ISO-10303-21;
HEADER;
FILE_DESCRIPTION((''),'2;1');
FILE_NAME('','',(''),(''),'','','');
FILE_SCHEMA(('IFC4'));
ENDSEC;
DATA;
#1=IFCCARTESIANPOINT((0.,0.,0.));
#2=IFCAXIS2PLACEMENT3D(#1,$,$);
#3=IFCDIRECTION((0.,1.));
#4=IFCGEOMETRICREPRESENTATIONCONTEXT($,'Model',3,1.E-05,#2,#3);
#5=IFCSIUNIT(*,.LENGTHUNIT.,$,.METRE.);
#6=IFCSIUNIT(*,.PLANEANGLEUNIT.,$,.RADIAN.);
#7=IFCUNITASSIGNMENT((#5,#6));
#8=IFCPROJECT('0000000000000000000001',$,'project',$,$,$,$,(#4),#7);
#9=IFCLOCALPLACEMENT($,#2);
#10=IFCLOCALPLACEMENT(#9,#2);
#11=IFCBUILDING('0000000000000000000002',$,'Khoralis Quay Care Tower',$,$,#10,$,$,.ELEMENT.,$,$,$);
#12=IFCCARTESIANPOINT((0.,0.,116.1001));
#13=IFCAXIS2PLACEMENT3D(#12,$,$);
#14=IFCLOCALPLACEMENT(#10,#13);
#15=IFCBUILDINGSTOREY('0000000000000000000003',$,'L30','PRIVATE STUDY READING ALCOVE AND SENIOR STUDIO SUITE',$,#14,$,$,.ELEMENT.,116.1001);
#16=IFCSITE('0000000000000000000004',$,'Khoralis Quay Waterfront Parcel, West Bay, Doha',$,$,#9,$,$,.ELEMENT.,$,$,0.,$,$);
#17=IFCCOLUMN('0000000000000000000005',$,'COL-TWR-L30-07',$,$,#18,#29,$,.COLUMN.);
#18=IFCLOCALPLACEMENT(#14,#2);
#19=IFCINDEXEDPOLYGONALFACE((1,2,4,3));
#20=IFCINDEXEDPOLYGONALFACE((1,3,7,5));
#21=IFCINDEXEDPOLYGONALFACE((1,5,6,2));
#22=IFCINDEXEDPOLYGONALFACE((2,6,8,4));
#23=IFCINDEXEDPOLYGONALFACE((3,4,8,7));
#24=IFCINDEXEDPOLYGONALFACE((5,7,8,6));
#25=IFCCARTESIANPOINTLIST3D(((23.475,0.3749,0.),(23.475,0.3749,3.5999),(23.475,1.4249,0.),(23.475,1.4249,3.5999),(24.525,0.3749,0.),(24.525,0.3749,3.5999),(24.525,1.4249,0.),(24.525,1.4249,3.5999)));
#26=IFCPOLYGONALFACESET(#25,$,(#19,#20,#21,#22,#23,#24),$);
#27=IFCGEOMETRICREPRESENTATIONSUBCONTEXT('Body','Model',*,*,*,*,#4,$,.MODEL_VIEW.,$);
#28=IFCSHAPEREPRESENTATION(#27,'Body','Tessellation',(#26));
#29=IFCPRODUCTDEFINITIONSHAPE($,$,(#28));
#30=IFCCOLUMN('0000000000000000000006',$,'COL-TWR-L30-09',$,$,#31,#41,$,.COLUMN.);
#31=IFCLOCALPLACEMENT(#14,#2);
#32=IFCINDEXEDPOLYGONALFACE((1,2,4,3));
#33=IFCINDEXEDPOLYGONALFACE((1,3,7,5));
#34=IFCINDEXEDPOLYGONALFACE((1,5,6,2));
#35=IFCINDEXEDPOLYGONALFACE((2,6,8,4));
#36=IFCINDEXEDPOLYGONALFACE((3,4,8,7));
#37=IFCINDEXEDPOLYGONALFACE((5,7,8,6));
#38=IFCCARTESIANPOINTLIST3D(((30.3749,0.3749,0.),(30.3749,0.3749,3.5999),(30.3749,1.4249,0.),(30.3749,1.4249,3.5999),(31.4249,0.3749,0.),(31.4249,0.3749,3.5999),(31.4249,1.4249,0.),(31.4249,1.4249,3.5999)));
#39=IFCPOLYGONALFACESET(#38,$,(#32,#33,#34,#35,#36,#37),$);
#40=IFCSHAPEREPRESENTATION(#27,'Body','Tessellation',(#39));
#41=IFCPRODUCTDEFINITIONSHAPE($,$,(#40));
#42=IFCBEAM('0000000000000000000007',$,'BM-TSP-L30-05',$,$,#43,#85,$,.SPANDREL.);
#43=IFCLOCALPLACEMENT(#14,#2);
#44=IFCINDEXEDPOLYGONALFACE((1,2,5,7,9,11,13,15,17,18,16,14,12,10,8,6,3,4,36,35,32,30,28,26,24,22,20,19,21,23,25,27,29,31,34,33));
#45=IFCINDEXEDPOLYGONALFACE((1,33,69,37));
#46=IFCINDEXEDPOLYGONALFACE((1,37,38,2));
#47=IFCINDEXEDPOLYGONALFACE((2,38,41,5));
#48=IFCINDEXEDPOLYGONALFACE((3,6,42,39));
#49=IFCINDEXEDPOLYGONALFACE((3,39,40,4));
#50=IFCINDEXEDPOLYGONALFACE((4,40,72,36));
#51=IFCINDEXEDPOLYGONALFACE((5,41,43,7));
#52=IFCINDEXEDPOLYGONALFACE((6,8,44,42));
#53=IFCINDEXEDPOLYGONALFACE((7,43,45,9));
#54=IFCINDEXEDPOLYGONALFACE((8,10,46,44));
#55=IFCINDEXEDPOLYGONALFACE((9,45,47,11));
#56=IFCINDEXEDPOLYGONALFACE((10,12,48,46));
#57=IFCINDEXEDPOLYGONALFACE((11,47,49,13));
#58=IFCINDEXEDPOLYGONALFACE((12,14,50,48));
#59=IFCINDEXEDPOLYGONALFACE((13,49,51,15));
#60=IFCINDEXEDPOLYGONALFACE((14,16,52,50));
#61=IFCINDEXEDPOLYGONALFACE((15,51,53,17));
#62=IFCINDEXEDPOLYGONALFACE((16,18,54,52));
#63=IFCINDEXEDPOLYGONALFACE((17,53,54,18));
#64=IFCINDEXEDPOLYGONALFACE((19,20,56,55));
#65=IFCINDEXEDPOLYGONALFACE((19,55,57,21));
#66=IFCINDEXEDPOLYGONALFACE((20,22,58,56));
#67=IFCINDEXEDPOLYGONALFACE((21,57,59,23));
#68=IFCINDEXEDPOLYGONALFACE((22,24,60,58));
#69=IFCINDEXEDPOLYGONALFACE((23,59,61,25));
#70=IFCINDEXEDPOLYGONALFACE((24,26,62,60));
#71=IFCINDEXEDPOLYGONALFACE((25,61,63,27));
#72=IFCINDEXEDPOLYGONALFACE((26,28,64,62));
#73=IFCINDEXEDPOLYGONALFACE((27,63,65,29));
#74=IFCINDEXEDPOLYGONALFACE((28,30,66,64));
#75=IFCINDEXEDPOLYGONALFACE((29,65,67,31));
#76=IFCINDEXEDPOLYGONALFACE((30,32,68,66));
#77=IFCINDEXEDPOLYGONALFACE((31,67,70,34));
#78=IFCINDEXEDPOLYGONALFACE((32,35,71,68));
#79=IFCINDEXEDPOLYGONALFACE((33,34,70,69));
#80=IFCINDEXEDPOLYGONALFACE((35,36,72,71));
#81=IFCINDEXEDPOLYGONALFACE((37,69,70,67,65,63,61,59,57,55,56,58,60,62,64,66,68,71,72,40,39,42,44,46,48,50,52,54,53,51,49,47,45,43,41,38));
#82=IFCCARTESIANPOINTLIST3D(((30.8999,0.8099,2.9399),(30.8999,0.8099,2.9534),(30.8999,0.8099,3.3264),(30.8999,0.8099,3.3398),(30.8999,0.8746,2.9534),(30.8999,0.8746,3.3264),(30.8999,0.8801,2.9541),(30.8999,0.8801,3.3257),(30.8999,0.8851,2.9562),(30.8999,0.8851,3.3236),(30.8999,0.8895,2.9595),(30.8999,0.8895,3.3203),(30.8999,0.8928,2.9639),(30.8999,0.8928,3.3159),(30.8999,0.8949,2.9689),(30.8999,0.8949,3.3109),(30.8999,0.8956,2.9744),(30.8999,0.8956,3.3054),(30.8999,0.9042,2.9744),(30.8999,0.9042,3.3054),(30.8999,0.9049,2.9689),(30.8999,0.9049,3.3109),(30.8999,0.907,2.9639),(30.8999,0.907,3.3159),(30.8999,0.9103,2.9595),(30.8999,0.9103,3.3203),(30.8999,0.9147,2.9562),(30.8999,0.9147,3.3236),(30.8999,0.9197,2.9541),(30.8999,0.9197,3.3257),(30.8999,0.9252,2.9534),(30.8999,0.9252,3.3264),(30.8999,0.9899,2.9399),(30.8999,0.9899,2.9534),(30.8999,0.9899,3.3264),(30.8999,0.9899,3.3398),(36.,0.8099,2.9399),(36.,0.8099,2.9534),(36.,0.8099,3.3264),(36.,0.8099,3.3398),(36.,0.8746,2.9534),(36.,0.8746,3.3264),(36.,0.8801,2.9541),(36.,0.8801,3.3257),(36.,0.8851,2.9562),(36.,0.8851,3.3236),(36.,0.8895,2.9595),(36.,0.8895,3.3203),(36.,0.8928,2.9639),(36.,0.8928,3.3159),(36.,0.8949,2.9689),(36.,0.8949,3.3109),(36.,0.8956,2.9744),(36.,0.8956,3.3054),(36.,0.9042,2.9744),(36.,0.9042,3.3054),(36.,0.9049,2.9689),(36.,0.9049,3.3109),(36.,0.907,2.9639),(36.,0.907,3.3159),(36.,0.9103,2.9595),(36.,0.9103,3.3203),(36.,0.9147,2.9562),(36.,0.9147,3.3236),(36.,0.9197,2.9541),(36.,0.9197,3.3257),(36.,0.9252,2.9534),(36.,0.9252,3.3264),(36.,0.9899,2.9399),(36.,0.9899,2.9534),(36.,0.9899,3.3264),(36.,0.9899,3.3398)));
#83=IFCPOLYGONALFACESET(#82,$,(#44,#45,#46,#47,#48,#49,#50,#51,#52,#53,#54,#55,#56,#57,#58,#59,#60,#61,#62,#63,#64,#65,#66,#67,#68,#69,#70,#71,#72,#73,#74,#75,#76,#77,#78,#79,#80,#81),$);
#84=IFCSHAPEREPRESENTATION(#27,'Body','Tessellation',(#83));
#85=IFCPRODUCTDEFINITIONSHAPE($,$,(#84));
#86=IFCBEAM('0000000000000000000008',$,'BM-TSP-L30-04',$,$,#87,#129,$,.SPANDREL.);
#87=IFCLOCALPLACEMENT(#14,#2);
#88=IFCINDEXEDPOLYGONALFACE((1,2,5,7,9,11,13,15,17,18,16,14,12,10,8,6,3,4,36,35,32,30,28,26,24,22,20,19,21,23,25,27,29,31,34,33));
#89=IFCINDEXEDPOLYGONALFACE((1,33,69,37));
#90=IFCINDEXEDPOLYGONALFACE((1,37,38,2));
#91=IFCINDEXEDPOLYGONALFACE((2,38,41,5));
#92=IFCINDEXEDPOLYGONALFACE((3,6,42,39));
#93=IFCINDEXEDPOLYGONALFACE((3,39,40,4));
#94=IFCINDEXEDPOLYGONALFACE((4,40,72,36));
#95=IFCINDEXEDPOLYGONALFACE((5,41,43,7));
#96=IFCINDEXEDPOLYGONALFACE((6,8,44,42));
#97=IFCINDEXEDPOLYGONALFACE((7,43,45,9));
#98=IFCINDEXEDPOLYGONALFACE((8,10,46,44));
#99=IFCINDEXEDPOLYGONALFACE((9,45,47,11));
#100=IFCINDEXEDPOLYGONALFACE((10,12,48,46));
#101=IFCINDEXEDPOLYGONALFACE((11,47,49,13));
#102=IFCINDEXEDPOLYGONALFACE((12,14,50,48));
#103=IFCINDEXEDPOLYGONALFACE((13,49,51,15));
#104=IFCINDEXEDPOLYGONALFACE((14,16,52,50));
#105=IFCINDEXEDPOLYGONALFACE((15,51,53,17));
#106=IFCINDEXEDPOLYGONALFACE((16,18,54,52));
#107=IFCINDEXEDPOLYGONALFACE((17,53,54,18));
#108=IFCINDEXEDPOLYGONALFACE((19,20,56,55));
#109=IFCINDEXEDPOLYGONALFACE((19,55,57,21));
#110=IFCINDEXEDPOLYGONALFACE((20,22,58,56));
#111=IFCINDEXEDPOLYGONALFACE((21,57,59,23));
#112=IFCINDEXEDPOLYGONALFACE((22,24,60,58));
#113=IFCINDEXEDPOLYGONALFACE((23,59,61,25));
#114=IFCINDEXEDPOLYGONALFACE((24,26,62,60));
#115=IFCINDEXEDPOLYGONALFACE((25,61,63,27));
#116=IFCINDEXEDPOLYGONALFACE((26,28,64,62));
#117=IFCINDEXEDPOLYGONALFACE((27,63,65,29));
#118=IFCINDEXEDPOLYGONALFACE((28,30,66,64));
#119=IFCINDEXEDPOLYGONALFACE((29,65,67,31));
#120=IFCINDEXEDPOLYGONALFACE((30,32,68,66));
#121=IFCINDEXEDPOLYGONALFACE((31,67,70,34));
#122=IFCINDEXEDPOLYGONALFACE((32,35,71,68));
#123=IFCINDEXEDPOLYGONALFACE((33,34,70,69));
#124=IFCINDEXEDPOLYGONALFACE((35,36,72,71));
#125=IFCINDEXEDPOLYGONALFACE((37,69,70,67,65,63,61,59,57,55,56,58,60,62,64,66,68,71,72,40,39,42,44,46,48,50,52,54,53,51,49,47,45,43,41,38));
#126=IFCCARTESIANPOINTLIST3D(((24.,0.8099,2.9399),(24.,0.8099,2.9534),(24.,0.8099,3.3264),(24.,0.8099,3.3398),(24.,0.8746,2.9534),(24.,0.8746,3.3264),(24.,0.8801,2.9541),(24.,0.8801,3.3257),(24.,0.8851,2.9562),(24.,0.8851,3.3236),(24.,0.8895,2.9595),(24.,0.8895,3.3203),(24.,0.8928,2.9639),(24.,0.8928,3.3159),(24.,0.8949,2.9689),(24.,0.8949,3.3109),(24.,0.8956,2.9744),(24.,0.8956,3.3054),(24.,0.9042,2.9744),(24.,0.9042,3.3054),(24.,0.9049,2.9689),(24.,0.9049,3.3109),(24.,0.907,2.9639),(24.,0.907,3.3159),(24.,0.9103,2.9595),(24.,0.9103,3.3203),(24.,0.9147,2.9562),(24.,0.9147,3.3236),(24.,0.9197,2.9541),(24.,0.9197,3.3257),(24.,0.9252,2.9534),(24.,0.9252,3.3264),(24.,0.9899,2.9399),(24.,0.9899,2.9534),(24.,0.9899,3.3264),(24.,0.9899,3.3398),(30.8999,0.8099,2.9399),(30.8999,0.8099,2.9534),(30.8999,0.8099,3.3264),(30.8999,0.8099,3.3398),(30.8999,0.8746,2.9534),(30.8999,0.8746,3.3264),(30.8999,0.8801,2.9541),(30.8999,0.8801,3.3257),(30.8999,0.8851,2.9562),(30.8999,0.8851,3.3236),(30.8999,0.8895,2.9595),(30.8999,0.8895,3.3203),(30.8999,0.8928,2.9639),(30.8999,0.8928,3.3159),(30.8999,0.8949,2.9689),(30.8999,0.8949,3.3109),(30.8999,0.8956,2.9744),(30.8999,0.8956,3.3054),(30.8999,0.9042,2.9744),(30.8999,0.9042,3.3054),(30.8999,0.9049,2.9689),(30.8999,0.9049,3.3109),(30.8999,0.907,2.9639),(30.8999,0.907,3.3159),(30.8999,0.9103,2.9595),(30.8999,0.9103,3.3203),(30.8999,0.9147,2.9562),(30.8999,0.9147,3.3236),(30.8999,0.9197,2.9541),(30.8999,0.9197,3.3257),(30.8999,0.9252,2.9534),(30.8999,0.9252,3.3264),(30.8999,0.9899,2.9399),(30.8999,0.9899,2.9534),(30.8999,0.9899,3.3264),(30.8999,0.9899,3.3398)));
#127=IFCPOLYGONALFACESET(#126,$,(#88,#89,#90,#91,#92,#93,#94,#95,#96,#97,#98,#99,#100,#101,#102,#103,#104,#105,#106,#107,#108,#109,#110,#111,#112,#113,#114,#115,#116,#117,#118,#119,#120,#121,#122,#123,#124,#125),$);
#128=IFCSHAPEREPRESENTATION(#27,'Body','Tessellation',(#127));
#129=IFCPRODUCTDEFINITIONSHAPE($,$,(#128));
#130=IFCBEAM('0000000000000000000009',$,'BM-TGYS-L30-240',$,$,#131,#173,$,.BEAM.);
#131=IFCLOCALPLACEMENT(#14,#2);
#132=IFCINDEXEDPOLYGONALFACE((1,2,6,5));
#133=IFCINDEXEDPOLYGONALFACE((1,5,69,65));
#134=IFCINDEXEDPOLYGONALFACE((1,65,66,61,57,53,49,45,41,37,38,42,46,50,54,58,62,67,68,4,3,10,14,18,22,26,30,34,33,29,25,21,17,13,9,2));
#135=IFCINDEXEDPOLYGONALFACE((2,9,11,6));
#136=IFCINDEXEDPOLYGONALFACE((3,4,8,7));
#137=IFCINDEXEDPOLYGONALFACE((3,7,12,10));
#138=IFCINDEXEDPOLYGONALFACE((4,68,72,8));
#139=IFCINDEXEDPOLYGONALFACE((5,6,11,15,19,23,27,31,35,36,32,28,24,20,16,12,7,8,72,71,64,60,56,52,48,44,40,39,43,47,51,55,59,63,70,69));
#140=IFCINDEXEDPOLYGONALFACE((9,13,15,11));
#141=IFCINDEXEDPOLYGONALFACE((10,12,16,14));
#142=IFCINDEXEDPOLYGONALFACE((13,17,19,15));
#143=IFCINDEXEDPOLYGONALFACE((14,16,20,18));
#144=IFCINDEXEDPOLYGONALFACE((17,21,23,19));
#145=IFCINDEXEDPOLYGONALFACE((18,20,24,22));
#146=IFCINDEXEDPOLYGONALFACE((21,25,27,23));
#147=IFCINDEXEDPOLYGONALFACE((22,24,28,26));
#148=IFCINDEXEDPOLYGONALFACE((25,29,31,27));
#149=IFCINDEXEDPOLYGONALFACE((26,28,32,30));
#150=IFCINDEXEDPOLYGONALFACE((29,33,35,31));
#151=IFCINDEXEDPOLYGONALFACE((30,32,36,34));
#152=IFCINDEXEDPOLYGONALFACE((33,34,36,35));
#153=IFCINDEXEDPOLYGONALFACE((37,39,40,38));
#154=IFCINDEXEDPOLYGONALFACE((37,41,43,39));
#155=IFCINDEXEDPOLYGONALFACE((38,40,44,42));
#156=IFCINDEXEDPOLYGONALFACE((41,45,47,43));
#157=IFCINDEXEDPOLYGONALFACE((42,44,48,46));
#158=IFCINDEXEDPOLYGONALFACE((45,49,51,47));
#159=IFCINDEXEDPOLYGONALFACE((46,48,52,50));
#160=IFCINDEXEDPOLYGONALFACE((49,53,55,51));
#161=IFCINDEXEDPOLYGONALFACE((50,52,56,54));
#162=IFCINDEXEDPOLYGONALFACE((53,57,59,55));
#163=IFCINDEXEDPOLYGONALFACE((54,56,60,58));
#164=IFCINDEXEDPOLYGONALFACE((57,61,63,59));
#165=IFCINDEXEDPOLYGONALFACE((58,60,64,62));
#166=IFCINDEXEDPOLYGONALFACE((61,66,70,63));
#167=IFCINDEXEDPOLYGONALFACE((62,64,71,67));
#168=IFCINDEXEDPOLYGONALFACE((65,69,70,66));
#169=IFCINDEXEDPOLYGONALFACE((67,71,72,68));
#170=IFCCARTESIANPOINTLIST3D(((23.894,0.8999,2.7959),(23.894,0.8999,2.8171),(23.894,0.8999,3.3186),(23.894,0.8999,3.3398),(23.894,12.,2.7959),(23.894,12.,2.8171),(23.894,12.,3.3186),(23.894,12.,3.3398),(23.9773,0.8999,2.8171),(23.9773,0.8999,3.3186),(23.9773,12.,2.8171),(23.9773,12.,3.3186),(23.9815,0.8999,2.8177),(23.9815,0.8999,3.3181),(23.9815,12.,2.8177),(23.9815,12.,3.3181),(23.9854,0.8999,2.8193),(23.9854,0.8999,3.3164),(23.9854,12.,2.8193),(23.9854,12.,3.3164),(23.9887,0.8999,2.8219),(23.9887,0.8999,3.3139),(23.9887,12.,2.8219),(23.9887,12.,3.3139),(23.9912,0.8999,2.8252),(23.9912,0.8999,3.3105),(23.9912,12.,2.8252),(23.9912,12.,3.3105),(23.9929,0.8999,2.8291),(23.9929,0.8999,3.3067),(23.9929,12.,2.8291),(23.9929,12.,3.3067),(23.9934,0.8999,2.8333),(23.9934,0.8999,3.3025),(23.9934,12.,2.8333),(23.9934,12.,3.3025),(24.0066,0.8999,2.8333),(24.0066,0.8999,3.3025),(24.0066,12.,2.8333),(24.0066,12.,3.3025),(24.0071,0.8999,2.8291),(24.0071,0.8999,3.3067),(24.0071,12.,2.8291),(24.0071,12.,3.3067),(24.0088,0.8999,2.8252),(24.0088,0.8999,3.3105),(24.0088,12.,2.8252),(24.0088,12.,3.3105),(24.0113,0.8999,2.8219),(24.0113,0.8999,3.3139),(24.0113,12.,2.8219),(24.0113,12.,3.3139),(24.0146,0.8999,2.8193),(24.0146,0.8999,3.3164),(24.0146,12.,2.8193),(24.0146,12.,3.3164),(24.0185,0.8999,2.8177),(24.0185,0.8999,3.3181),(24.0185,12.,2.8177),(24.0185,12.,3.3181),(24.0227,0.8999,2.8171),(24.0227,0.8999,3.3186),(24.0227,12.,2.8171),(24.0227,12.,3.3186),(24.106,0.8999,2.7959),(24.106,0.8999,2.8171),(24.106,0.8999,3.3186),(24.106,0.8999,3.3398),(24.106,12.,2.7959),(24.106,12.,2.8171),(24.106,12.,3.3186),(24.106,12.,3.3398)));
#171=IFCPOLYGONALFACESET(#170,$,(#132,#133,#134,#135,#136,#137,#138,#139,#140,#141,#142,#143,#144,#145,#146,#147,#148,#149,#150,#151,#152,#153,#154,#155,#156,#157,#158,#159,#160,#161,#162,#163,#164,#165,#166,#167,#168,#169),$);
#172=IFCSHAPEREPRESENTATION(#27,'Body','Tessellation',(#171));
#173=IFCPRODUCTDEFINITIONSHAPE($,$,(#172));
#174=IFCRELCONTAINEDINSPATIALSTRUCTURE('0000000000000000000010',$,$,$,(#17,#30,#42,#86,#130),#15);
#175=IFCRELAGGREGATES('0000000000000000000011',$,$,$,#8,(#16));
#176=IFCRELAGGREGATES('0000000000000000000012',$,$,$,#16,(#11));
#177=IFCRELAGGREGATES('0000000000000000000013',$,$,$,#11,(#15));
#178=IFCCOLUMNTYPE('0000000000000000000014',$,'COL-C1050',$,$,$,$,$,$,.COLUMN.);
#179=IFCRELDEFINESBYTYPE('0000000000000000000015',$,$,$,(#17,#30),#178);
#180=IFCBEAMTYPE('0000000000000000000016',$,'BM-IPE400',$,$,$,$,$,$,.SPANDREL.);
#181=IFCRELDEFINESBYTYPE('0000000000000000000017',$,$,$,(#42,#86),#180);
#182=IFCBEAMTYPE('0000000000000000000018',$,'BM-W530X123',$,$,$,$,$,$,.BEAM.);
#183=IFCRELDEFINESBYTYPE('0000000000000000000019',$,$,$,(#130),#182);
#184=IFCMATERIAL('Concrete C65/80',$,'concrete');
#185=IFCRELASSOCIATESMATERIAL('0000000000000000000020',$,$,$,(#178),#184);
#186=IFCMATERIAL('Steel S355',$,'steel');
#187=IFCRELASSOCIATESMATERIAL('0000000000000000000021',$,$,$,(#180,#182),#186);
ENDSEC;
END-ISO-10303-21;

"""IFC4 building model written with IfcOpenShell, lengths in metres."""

from ifc_helpers import new_model, si_unit, direction, frame, origin, origin_2d, place, context, subcontext, project, spatial, rectangle, i_section, extrude, source, transform, mapped, material, material_profile, profile_set, type_object, element, save


model = new_model("IFC4")

# Units and contexts
model_context = context("Model", 3, precision=1e-05, world=origin(), true_north=direction((0.0, 1.0)))
body_context = subcontext(model_context, "Body", "Model", "MODEL_VIEW")
ifc_project = project(units=[si_unit("LENGTHUNIT", "METRE"), si_unit("PLANEANGLEUNIT", "RADIAN")], contexts=[model_context])

# Site, building, storey
site_placement = place(None, origin())
site = spatial("IfcSite", under=ifc_project, at=site_placement, Name="Khoralis Quay Waterfront Parcel, West Bay, Doha", CompositionType="ELEMENT", RefElevation=0.0)
building_placement = place(site_placement, origin())
building = spatial("IfcBuilding", under=site, at=building_placement, Name="Khoralis Quay Care Tower", CompositionType="ELEMENT")
storey_placement = place(building_placement, frame((0.0, 0.0, 116.1001)))
storey = spatial("IfcBuildingStorey", under=building, at=storey_placement, Name="L30", Description="PRIVATE STUDY READING ALCOVE AND SENIOR STUDIO SUITE", CompositionType="ELEMENT", Elevation=116.1001)

# Columns
ifc_material_1 = material(Name="Concrete C65/80", Category="concrete")
ifc_material_profile_1 = material_profile(ifc_material_1, rectangle(XDim=1.05, YDim=1.05, at=origin_2d()), Name="Concrete C65/80")
ifc_profile_set_1 = profile_set([ifc_material_profile_1], Name="Concrete C65/80")
column_type = type_object("IfcColumnType", Name="COL-C1050", PredefinedType="COLUMN", material=ifc_profile_set_1)
shared_shape_1 = source(origin(), body_context, "Body", "SweptSolid", [
    extrude(rectangle(XDim=1.05, YDim=1.05, at=origin_2d()), origin(), (0.0, 0.0, 1.0), 3.5999),
])
for number, where, z_axis, x_axis, name in (
    (1, (24.0, 0.8999, 0.0), (0.0, 0.0, 1.0), (1.0, 0.0, 0.0), "COL-TWR-L30-07"),
    (2, (30.8999, 0.8999, 0.0), (0.0, 0.0, 1.0), (1.0, 0.0, 0.0), "COL-TWR-L30-09"),
):
    element("IfcColumn", number, at=place(storey_placement, frame(where, z_axis=z_axis, x_axis=x_axis)), inside=storey, type_object=column_type, Name=name, PredefinedType="COLUMN", context=body_context, shape_type="MappedRepresentation", body=[
        mapped(shared_shape_1, transform((0.0, 0.0, 0.0), scale=1.0)),
    ])

# Beams
ifc_material_2 = material(Name="Steel S355", Category="steel")
ifc_material_profile_2 = material_profile(ifc_material_2, i_section(OverallWidth=0.1799, OverallDepth=0.3999, WebThickness=0.0085, FlangeThickness=0.0134, FilletRadius=0.021, at=origin_2d()), Name="Steel S355")
ifc_profile_set_2 = profile_set([ifc_material_profile_2], Name="Steel S355")
beam_type_1 = type_object("IfcBeamType", Name="BM-IPE400", PredefinedType="SPANDREL", material=ifc_profile_set_2)
shared_shape_2 = source(origin(), body_context, "Body", "SweptSolid", [
    extrude(i_section(OverallWidth=0.1799, OverallDepth=0.3999, WebThickness=0.0085, FlangeThickness=0.0134, FilletRadius=0.021, at=origin_2d()), origin(), (0.0, 0.0, 1.0), 5.1001),
])
beam_1_placement = place(storey_placement, frame((30.8999, 0.8999, 3.1399), z_axis=(1.0, 0.0, 0.0), x_axis=(0.0, 1.0, 0.0)))
element("IfcBeam", 3, at=beam_1_placement, inside=storey, type_object=beam_type_1, Name="BM-TSP-L30-05", PredefinedType="SPANDREL", context=body_context, shape_type="MappedRepresentation", body=[
    mapped(shared_shape_2, transform((0.0, 0.0, 0.0), scale=1.0)),
])
shared_shape_3 = source(origin(), body_context, "Body", "SweptSolid", [
    extrude(i_section(OverallWidth=0.1799, OverallDepth=0.3999, WebThickness=0.0085, FlangeThickness=0.0134, FilletRadius=0.021, at=origin_2d()), origin(), (0.0, 0.0, 1.0), 6.8999),
])
beam_2_placement = place(storey_placement, frame((24.0, 0.8999, 3.1399), z_axis=(1.0, 0.0, 0.0), x_axis=(0.0, 1.0, 0.0)))
element("IfcBeam", 4, at=beam_2_placement, inside=storey, type_object=beam_type_1, Name="BM-TSP-L30-04", PredefinedType="SPANDREL", context=body_context, shape_type="MappedRepresentation", body=[
    mapped(shared_shape_3, transform((0.0, 0.0, 0.0), scale=1.0)),
])
ifc_material_profile_3 = material_profile(ifc_material_2, i_section(OverallWidth=0.2119, OverallDepth=0.5439, WebThickness=0.0132, FlangeThickness=0.0212, FilletRadius=0.0161, at=origin_2d()), Name="Steel S355")
ifc_profile_set_3 = profile_set([ifc_material_profile_3], Name="Steel S355")
beam_type_2 = type_object("IfcBeamType", Name="BM-W530X123", PredefinedType="BEAM", material=ifc_profile_set_3)
shared_shape_4 = source(origin(), body_context, "Body", "SweptSolid", [
    extrude(i_section(OverallWidth=0.2119, OverallDepth=0.5439, WebThickness=0.0132, FlangeThickness=0.0212, FilletRadius=0.0161, at=origin_2d()), origin(), (0.0, 0.0, 1.0), 11.1001),
])
for number, where, z_axis, x_axis, name in (
    (5, (24.0, 0.8999, 3.0679), (0.0, 1.0, 0.0), (-1.0, 0.0, 0.0), "BM-TGYS-L30-240"),
):
    element("IfcBeam", number, at=place(storey_placement, frame(where, z_axis=z_axis, x_axis=x_axis)), inside=storey, type_object=beam_type_2, Name=name, PredefinedType="BEAM", context=body_context, shape_type="MappedRepresentation", body=[
        mapped(shared_shape_4, transform((0.0, 0.0, 0.0), scale=1.0)),
    ])

save(model, "model.ifc")
